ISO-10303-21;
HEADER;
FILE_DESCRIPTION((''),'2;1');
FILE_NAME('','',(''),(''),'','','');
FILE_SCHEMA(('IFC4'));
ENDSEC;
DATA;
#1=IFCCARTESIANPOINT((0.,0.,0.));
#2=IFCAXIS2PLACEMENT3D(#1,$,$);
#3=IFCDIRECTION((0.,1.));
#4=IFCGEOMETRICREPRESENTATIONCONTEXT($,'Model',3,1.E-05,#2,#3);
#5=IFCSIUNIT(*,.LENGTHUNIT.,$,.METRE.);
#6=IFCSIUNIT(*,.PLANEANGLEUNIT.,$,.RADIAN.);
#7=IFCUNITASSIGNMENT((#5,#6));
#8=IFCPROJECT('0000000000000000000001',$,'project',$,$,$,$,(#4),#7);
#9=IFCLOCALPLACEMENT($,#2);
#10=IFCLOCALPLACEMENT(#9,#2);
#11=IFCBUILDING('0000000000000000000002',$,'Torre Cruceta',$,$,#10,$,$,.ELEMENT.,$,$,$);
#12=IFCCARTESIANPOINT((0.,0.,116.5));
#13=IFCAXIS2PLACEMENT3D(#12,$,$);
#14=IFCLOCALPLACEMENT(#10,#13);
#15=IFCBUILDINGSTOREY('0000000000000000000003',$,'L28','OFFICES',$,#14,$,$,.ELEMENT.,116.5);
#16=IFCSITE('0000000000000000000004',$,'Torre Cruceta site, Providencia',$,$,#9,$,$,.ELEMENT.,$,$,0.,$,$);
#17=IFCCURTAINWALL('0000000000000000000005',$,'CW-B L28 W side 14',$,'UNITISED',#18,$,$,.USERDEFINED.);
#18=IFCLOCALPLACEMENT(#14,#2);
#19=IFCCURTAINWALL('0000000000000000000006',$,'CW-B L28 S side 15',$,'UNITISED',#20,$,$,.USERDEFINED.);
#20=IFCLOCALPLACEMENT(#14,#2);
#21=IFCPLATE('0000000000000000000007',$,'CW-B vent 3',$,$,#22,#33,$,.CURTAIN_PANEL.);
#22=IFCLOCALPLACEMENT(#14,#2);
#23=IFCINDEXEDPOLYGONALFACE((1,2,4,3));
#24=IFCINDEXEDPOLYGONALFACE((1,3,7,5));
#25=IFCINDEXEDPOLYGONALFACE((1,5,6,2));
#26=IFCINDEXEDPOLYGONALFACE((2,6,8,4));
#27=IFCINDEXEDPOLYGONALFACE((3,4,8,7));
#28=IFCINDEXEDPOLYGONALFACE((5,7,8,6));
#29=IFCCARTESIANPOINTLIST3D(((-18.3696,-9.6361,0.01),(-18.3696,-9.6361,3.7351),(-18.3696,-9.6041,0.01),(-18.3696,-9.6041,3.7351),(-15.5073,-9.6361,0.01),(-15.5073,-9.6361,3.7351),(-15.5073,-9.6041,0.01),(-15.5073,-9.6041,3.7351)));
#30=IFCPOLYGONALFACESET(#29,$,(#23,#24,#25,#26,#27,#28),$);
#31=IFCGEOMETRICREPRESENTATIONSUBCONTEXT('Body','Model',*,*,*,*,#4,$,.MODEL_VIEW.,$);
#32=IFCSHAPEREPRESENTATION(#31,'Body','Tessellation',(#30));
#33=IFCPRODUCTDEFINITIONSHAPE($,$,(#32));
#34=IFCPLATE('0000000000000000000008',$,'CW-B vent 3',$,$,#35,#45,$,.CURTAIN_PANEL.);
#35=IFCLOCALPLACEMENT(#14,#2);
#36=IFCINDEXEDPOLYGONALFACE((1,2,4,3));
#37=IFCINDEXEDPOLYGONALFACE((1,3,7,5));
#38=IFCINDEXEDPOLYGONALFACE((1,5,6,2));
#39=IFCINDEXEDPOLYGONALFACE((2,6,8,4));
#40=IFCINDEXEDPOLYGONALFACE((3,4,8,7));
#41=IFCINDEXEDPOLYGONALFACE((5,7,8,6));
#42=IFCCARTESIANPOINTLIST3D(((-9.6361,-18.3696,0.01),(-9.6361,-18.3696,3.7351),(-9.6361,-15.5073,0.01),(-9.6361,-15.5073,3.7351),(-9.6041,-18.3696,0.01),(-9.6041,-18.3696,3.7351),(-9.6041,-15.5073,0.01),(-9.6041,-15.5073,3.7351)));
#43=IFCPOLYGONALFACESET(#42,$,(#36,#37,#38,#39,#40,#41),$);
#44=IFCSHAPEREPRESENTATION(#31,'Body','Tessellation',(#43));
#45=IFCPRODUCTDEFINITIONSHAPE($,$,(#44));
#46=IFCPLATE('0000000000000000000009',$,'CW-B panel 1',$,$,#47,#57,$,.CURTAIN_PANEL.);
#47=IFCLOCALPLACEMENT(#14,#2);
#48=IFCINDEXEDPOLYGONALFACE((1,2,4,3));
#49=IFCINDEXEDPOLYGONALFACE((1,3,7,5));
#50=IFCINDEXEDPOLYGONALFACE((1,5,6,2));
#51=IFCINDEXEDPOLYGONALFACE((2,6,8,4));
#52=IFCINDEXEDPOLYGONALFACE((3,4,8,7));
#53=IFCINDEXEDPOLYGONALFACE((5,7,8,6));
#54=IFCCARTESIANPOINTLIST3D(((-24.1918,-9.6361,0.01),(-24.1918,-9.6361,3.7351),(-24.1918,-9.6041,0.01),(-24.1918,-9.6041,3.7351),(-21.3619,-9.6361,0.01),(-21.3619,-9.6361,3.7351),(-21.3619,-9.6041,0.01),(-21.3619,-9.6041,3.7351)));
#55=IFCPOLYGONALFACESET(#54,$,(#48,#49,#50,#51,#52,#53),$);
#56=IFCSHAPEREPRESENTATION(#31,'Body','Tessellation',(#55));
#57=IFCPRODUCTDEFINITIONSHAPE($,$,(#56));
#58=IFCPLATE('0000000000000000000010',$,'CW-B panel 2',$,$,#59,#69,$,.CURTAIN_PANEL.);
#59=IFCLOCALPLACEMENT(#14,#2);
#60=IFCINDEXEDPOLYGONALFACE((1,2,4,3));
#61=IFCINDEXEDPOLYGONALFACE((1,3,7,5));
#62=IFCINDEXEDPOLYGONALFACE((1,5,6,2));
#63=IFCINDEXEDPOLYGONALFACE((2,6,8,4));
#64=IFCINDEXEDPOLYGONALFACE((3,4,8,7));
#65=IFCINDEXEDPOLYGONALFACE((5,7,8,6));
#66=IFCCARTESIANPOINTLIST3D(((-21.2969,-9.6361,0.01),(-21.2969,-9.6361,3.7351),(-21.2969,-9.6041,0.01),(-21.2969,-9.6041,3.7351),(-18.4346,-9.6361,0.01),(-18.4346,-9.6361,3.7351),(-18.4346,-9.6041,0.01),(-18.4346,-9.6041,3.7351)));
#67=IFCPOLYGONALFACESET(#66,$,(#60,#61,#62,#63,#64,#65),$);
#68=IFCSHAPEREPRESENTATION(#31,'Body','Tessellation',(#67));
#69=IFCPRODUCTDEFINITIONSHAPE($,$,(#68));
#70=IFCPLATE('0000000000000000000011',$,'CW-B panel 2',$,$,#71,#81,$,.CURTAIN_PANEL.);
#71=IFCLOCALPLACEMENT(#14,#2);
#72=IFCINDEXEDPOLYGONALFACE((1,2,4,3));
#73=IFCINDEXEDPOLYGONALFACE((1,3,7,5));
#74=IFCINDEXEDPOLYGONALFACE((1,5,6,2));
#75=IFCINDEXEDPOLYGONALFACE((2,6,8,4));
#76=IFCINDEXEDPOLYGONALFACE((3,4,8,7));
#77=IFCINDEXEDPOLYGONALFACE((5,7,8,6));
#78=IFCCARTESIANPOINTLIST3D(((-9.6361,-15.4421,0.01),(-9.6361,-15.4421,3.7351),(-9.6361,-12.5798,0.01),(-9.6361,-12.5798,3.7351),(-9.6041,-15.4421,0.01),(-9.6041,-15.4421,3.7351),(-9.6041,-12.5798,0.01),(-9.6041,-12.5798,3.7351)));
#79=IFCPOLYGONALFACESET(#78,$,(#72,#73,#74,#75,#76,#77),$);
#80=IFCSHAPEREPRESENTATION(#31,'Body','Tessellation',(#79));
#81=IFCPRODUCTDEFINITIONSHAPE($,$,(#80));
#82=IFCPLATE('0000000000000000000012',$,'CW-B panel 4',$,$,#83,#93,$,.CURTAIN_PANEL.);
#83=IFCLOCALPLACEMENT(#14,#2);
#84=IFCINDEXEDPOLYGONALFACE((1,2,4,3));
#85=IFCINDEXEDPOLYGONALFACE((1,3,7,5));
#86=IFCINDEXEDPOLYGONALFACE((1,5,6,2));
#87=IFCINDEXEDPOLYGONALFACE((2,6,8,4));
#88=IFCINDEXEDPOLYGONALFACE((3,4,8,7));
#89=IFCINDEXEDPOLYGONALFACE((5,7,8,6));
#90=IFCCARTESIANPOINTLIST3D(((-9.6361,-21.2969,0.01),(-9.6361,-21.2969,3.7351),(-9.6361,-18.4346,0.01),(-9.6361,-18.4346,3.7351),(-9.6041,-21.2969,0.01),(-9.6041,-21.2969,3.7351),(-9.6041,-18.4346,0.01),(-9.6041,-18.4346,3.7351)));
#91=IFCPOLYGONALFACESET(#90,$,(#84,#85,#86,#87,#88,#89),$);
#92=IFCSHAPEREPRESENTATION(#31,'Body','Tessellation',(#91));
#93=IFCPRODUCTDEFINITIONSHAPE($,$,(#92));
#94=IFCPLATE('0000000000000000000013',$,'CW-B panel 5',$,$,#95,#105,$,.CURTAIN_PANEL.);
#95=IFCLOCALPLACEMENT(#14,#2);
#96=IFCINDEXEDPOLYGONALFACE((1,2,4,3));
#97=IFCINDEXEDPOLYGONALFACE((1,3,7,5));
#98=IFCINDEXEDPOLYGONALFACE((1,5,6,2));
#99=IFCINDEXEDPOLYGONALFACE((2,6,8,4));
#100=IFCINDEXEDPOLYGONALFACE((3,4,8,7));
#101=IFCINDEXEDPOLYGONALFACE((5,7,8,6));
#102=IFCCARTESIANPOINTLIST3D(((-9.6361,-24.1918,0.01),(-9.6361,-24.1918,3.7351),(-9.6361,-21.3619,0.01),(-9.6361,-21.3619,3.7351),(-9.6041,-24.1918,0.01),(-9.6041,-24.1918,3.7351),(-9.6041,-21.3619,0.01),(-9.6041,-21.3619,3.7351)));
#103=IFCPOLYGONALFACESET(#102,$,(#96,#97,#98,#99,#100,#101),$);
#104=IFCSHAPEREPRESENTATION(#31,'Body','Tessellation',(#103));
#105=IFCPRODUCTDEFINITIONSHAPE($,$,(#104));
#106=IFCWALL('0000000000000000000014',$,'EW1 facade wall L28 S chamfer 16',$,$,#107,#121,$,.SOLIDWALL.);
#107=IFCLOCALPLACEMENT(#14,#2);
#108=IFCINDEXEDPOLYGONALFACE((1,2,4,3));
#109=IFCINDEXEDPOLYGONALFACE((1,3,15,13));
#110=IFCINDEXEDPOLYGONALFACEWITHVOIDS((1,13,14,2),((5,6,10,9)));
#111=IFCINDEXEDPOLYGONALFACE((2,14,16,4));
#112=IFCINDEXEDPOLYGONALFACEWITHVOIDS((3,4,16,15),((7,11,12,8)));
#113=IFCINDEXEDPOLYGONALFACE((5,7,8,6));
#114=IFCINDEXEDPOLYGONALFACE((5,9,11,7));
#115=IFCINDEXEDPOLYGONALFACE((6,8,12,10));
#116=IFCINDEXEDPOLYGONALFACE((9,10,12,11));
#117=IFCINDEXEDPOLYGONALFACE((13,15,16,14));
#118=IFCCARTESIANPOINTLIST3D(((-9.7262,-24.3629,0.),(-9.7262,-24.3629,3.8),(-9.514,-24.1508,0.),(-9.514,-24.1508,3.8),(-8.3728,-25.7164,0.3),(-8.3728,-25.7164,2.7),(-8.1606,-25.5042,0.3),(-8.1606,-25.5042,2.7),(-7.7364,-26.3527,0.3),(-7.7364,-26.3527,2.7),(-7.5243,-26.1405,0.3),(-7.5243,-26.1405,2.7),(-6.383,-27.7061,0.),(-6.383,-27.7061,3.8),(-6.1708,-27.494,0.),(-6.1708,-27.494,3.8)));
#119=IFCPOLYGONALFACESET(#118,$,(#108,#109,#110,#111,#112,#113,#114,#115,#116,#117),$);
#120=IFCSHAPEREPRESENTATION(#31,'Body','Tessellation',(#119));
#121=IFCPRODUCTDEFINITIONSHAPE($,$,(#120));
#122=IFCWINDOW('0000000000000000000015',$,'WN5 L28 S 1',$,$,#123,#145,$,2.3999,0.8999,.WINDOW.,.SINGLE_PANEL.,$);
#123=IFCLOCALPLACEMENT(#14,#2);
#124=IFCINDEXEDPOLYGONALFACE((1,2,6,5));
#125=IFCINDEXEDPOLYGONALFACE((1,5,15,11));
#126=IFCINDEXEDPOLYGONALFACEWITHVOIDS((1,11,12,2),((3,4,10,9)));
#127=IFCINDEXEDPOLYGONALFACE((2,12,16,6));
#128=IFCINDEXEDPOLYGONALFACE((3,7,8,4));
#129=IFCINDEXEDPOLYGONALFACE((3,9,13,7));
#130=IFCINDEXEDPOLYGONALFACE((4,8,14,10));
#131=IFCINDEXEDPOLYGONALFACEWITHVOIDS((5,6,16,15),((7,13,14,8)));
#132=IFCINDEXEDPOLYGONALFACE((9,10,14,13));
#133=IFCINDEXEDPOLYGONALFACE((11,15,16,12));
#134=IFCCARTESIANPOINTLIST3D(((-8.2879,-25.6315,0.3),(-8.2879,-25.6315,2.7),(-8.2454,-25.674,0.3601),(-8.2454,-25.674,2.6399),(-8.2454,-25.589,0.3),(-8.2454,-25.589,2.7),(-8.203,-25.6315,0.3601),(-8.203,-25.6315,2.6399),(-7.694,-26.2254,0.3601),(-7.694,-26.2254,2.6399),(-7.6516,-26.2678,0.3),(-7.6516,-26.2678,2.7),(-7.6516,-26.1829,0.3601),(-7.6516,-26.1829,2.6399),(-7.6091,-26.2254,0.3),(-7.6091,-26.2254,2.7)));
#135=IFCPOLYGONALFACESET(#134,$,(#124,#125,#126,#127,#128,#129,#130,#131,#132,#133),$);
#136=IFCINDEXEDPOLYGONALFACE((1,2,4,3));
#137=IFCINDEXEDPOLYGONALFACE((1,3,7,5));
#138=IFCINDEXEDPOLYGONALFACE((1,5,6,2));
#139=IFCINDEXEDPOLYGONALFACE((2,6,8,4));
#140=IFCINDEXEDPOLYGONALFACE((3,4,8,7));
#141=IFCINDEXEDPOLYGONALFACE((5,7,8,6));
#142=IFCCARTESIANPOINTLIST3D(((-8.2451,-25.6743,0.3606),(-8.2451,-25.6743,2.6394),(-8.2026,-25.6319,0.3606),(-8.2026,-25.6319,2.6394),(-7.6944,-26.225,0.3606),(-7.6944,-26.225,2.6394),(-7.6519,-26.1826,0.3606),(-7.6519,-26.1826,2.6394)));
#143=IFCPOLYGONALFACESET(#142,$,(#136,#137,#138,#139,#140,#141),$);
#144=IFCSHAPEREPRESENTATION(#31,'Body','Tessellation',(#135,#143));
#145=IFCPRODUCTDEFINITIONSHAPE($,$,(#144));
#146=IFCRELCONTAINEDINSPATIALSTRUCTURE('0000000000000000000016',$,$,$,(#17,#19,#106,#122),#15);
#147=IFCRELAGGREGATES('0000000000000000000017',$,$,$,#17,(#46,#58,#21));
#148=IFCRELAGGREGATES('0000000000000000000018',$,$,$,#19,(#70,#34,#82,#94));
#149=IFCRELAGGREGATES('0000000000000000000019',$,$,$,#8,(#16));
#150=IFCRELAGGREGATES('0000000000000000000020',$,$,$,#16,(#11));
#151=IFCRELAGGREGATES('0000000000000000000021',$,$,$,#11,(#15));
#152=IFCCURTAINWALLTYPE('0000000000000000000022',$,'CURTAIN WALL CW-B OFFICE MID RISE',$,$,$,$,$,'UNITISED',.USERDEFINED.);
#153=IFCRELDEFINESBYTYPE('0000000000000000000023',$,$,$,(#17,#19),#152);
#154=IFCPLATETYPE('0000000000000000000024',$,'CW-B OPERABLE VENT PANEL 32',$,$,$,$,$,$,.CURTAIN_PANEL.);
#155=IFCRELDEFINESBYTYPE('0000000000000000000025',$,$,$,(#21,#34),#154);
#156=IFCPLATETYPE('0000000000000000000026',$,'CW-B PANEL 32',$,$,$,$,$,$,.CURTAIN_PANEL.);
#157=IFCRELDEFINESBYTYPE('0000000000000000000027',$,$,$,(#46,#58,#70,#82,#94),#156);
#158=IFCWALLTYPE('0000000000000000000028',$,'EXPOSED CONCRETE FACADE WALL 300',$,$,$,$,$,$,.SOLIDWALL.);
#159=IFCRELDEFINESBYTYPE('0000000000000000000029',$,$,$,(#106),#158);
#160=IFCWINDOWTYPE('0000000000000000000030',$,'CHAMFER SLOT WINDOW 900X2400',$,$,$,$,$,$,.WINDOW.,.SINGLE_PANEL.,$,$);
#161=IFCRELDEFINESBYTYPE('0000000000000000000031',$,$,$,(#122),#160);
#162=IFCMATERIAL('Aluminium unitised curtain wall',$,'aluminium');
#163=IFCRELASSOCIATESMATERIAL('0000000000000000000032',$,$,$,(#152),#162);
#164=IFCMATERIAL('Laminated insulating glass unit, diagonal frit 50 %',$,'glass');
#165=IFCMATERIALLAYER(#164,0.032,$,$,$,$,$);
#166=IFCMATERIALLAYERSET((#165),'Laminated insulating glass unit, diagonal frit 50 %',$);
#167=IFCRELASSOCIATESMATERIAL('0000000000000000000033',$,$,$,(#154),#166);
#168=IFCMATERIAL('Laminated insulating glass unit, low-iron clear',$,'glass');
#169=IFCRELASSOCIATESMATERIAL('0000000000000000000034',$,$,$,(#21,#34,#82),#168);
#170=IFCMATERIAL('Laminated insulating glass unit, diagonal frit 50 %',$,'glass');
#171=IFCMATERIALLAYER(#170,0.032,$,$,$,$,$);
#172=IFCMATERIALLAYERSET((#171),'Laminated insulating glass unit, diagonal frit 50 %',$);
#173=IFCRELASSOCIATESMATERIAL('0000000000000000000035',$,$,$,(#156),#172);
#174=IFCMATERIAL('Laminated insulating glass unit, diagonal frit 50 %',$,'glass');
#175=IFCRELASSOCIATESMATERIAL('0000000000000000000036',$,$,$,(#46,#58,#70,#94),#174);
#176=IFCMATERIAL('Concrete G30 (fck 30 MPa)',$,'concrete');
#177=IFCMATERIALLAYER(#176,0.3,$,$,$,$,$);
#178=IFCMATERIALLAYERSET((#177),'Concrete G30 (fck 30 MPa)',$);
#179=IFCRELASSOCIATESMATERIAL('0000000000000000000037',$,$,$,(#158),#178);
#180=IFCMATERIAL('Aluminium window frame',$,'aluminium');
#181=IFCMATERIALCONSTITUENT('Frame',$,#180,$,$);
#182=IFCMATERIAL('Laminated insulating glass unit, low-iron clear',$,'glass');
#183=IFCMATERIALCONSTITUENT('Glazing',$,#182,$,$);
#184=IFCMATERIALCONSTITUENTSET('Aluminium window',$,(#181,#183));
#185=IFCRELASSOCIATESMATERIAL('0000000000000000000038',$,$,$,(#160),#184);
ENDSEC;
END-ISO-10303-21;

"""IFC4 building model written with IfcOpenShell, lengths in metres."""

from ifc_helpers import new_model, si_unit, direction, frame, frame_2d, origin, origin_2d, place, context, subcontext, project, spatial, rectangle, hollow_rectangle, extrude, material, layer, layer_set, constituent, constituent_set, type_object, element, fill, aggregate, save


model = new_model("IFC4")

# Units and contexts
model_context = context("Model", 3, precision=1e-05, world=origin(), true_north=direction((0.0, 1.0)))
body_context = subcontext(model_context, "Body", "Model", "MODEL_VIEW")
ifc_project = project(units=[si_unit("LENGTHUNIT", "METRE"), si_unit("PLANEANGLEUNIT", "RADIAN")], contexts=[model_context])

# Site, building, storey
site_placement = place(None, origin())
site = spatial("IfcSite", under=ifc_project, at=site_placement, Name="Torre Cruceta site, Providencia", CompositionType="ELEMENT", RefElevation=0.0)
building_placement = place(site_placement, origin())
building = spatial("IfcBuilding", under=site, at=building_placement, Name="Torre Cruceta", CompositionType="ELEMENT")
storey_placement = place(building_placement, frame((0.0, 0.0, 116.5)))
storey = spatial("IfcBuildingStorey", under=building, at=storey_placement, Name="L28", Description="OFFICES", CompositionType="ELEMENT", Elevation=116.5)

# Curtain walls
ifc_material_1 = material(Name="Aluminium unitised curtain wall", Category="aluminium")
curtain_wall_type = type_object("IfcCurtainWallType", Name="CURTAIN WALL CW-B OFFICE MID RISE", ElementType="UNITISED", PredefinedType="USERDEFINED", material=ifc_material_1)
curtain_wall_1_placement = place(storey_placement, origin())
curtain_wall_1 = element("IfcCurtainWall", 1, at=curtain_wall_1_placement, inside=storey, type_object=curtain_wall_type, Name="CW-B L28 W side 14", ObjectType="UNITISED", PredefinedType="USERDEFINED")
curtain_wall_2_placement = place(storey_placement, origin())
curtain_wall_2 = element("IfcCurtainWall", 2, at=curtain_wall_2_placement, inside=storey, type_object=curtain_wall_type, Name="CW-B L28 S side 15", ObjectType="UNITISED", PredefinedType="USERDEFINED")

# Plates
ifc_material_2 = material(Name="Laminated insulating glass unit, low-iron clear", Category="glass")
ifc_material_3 = material(Name="Laminated insulating glass unit, diagonal frit 50 %", Category="glass")
ifc_layer_1 = layer(ifc_material_3, 0.032)
ifc_layer_set_1 = layer_set([ifc_layer_1], Name="Laminated insulating glass unit, diagonal frit 50 %")
plate_type_1 = type_object("IfcPlateType", Name="CW-B OPERABLE VENT PANEL 32", PredefinedType="CURTAIN_PANEL", material=ifc_layer_set_1)
plate_1_placement = place(storey_placement, frame((-16.9385, -9.6201, 0.01), z_axis=(0.0, 0.0, 1.0), x_axis=(1.0, 0.0, 0.0)))
plate_1 = element("IfcPlate", 3, at=plate_1_placement, type_object=plate_type_1, material=ifc_material_2, Name="CW-B vent 3", PredefinedType="CURTAIN_PANEL", context=body_context, shape_type="SweptSolid", body=[
    extrude(rectangle(XDim=2.8623, YDim=0.032, at=origin_2d()), origin(), (0.0, 0.0, 1.0), 3.7251),
])
plate_2_placement = place(storey_placement, frame((-9.6201, -16.9385, 0.01), z_axis=(0.0, 0.0, 1.0), x_axis=(0.0, -1.0, 0.0)))
plate_2 = element("IfcPlate", 4, at=plate_2_placement, type_object=plate_type_1, material=ifc_material_2, Name="CW-B vent 3", PredefinedType="CURTAIN_PANEL", context=body_context, shape_type="SweptSolid", body=[
    extrude(rectangle(XDim=2.8623, YDim=0.032, at=origin_2d()), origin(), (0.0, 0.0, 1.0), 3.7251),
])
ifc_material_4 = material(Name="Laminated insulating glass unit, diagonal frit 50 %", Category="glass")
ifc_material_5 = material(Name="Laminated insulating glass unit, diagonal frit 50 %", Category="glass")
ifc_layer_2 = layer(ifc_material_5, 0.032)
ifc_layer_set_2 = layer_set([ifc_layer_2], Name="Laminated insulating glass unit, diagonal frit 50 %")
plate_type_2 = type_object("IfcPlateType", Name="CW-B PANEL 32", PredefinedType="CURTAIN_PANEL", material=ifc_layer_set_2)
plate_3_placement = place(storey_placement, frame((-22.7769, -9.6201, 0.01), z_axis=(0.0, 0.0, 1.0), x_axis=(1.0, 0.0, 0.0)))
plate_3 = element("IfcPlate", 5, at=plate_3_placement, type_object=plate_type_2, material=ifc_material_4, Name="CW-B panel 1", PredefinedType="CURTAIN_PANEL", context=body_context, shape_type="SweptSolid", body=[
    extrude(rectangle(XDim=2.8298, YDim=0.032, at=origin_2d()), origin(), (0.0, 0.0, 1.0), 3.7251),
])
plate_4_placement = place(storey_placement, frame((-19.8657, -9.6201, 0.01), z_axis=(0.0, 0.0, 1.0), x_axis=(1.0, 0.0, 0.0)))
plate_4 = element("IfcPlate", 6, at=plate_4_placement, type_object=plate_type_2, material=ifc_material_4, Name="CW-B panel 2", PredefinedType="CURTAIN_PANEL", context=body_context, shape_type="SweptSolid", body=[
    extrude(rectangle(XDim=2.8623, YDim=0.032, at=origin_2d()), origin(), (0.0, 0.0, 1.0), 3.7251),
])
aggregate(curtain_wall_1, [plate_3, plate_4, plate_1])
plate_5_placement = place(storey_placement, frame((-9.6201, -14.011, 0.01), z_axis=(0.0, 0.0, 1.0), x_axis=(0.0, -1.0, 0.0)))
plate_5 = element("IfcPlate", 7, at=plate_5_placement, type_object=plate_type_2, material=ifc_material_4, Name="CW-B panel 2", PredefinedType="CURTAIN_PANEL", context=body_context, shape_type="SweptSolid", body=[
    extrude(rectangle(XDim=2.8623, YDim=0.032, at=origin_2d()), origin(), (0.0, 0.0, 1.0), 3.7251),
])
plate_6_placement = place(storey_placement, frame((-9.6201, -19.8657, 0.01), z_axis=(0.0, 0.0, 1.0), x_axis=(0.0, -1.0, 0.0)))
plate_6 = element("IfcPlate", 8, at=plate_6_placement, type_object=plate_type_2, material=ifc_material_2, Name="CW-B panel 4", PredefinedType="CURTAIN_PANEL", context=body_context, shape_type="SweptSolid", body=[
    extrude(rectangle(XDim=2.8623, YDim=0.032, at=origin_2d()), origin(), (0.0, 0.0, 1.0), 3.7251),
])
plate_7_placement = place(storey_placement, frame((-9.6201, -22.7769, 0.01), z_axis=(0.0, 0.0, 1.0), x_axis=(0.0, -1.0, 0.0)))
plate_7 = element("IfcPlate", 9, at=plate_7_placement, type_object=plate_type_2, material=ifc_material_4, Name="CW-B panel 5", PredefinedType="CURTAIN_PANEL", context=body_context, shape_type="SweptSolid", body=[
    extrude(rectangle(XDim=2.8298, YDim=0.032, at=origin_2d()), origin(), (0.0, 0.0, 1.0), 3.7251),
])
aggregate(curtain_wall_2, [plate_5, plate_2, plate_6, plate_7])

# Wall, opening, window
ifc_material_6 = material(Name="Concrete G30 (fck 30 MPa)", Category="concrete")
ifc_layer_3 = layer(ifc_material_6, 0.3)
ifc_layer_set_3 = layer_set([ifc_layer_3], Name="Concrete G30 (fck 30 MPa)")
wall_type = type_object("IfcWallType", Name="EXPOSED CONCRETE FACADE WALL 300", PredefinedType="SOLIDWALL", material=ifc_layer_set_3)
wall_placement = place(storey_placement, frame((-9.6201, -24.2568, 0.0), z_axis=(0.0, 0.0, 1.0), x_axis=(0.707107, -0.707107, 0.0)))
wall = element("IfcWall", 10, at=wall_placement, inside=storey, type_object=wall_type, Name="EW1 facade wall L28 S chamfer 16", PredefinedType="SOLIDWALL", context=body_context, shape_type="SweptSolid", body=[
    extrude(rectangle(XDim=4.728, YDim=0.3, at=frame_2d((2.364, 0.0))), origin(), (0.0, 0.0, 1.0), 3.8),
])
opening_placement = place(wall_placement, frame((1.9141, 0.0, 0.3)))
opening = element("IfcOpeningElement", 11, at=opening_placement, cuts=wall, PredefinedType="OPENING", context=body_context, shape_type="SweptSolid", body=[
    extrude(rectangle(XDim=0.8999, YDim=2.3999, at=frame_2d((0.45, 1.2))), frame((0.0, 0.1599, 0.0), z_axis=(0.0, -1.0, 0.0), x_axis=(1.0, 0.0, 0.0)), (0.0, 0.0, 1.0), 0.3201),
])
ifc_material_7 = material(Name="Aluminium window frame", Category="aluminium")
ifc_constituent_1 = constituent(ifc_material_7, Name="Frame")
ifc_material_8 = material(Name="Laminated insulating glass unit, low-iron clear", Category="glass")
ifc_constituent_2 = constituent(ifc_material_8, Name="Glazing")
ifc_constituent_set = constituent_set(constituents=[ifc_constituent_1, ifc_constituent_2], Name="Aluminium window")
window_type = type_object("IfcWindowType", Name="CHAMFER SLOT WINDOW 900X2400", PartitioningType="SINGLE_PANEL", PredefinedType="WINDOW", material=ifc_constituent_set)
window_placement = place(opening_placement, origin())
window = element("IfcWindow", 12, at=window_placement, inside=storey, type_object=window_type, Name="WN5 L28 S 1", OverallHeight=2.3999, OverallWidth=0.8999, PartitioningType="SINGLE_PANEL", PredefinedType="WINDOW", context=body_context, shape_type="SweptSolid", body=[
    extrude(hollow_rectangle(XDim=0.8999, YDim=2.3999, WallThickness=0.0601, at=frame_2d((0.45, 1.2))), frame((0.0, 0.03, 0.0), z_axis=(0.0, -1.0, 0.0), x_axis=(1.0, 0.0, 0.0)), (0.0, 0.0, 1.0), 0.0601),
    extrude(rectangle(XDim=0.7788, YDim=2.2788, at=frame_2d((0.45, 1.2))), frame((0.0, 0.03, 0.0), z_axis=(0.0, -1.0, 0.0), x_axis=(1.0, 0.0, 0.0)), (0.0, 0.0, 1.0), 0.0601),
])
fill(opening, window)

save(model, "model.ifc")
